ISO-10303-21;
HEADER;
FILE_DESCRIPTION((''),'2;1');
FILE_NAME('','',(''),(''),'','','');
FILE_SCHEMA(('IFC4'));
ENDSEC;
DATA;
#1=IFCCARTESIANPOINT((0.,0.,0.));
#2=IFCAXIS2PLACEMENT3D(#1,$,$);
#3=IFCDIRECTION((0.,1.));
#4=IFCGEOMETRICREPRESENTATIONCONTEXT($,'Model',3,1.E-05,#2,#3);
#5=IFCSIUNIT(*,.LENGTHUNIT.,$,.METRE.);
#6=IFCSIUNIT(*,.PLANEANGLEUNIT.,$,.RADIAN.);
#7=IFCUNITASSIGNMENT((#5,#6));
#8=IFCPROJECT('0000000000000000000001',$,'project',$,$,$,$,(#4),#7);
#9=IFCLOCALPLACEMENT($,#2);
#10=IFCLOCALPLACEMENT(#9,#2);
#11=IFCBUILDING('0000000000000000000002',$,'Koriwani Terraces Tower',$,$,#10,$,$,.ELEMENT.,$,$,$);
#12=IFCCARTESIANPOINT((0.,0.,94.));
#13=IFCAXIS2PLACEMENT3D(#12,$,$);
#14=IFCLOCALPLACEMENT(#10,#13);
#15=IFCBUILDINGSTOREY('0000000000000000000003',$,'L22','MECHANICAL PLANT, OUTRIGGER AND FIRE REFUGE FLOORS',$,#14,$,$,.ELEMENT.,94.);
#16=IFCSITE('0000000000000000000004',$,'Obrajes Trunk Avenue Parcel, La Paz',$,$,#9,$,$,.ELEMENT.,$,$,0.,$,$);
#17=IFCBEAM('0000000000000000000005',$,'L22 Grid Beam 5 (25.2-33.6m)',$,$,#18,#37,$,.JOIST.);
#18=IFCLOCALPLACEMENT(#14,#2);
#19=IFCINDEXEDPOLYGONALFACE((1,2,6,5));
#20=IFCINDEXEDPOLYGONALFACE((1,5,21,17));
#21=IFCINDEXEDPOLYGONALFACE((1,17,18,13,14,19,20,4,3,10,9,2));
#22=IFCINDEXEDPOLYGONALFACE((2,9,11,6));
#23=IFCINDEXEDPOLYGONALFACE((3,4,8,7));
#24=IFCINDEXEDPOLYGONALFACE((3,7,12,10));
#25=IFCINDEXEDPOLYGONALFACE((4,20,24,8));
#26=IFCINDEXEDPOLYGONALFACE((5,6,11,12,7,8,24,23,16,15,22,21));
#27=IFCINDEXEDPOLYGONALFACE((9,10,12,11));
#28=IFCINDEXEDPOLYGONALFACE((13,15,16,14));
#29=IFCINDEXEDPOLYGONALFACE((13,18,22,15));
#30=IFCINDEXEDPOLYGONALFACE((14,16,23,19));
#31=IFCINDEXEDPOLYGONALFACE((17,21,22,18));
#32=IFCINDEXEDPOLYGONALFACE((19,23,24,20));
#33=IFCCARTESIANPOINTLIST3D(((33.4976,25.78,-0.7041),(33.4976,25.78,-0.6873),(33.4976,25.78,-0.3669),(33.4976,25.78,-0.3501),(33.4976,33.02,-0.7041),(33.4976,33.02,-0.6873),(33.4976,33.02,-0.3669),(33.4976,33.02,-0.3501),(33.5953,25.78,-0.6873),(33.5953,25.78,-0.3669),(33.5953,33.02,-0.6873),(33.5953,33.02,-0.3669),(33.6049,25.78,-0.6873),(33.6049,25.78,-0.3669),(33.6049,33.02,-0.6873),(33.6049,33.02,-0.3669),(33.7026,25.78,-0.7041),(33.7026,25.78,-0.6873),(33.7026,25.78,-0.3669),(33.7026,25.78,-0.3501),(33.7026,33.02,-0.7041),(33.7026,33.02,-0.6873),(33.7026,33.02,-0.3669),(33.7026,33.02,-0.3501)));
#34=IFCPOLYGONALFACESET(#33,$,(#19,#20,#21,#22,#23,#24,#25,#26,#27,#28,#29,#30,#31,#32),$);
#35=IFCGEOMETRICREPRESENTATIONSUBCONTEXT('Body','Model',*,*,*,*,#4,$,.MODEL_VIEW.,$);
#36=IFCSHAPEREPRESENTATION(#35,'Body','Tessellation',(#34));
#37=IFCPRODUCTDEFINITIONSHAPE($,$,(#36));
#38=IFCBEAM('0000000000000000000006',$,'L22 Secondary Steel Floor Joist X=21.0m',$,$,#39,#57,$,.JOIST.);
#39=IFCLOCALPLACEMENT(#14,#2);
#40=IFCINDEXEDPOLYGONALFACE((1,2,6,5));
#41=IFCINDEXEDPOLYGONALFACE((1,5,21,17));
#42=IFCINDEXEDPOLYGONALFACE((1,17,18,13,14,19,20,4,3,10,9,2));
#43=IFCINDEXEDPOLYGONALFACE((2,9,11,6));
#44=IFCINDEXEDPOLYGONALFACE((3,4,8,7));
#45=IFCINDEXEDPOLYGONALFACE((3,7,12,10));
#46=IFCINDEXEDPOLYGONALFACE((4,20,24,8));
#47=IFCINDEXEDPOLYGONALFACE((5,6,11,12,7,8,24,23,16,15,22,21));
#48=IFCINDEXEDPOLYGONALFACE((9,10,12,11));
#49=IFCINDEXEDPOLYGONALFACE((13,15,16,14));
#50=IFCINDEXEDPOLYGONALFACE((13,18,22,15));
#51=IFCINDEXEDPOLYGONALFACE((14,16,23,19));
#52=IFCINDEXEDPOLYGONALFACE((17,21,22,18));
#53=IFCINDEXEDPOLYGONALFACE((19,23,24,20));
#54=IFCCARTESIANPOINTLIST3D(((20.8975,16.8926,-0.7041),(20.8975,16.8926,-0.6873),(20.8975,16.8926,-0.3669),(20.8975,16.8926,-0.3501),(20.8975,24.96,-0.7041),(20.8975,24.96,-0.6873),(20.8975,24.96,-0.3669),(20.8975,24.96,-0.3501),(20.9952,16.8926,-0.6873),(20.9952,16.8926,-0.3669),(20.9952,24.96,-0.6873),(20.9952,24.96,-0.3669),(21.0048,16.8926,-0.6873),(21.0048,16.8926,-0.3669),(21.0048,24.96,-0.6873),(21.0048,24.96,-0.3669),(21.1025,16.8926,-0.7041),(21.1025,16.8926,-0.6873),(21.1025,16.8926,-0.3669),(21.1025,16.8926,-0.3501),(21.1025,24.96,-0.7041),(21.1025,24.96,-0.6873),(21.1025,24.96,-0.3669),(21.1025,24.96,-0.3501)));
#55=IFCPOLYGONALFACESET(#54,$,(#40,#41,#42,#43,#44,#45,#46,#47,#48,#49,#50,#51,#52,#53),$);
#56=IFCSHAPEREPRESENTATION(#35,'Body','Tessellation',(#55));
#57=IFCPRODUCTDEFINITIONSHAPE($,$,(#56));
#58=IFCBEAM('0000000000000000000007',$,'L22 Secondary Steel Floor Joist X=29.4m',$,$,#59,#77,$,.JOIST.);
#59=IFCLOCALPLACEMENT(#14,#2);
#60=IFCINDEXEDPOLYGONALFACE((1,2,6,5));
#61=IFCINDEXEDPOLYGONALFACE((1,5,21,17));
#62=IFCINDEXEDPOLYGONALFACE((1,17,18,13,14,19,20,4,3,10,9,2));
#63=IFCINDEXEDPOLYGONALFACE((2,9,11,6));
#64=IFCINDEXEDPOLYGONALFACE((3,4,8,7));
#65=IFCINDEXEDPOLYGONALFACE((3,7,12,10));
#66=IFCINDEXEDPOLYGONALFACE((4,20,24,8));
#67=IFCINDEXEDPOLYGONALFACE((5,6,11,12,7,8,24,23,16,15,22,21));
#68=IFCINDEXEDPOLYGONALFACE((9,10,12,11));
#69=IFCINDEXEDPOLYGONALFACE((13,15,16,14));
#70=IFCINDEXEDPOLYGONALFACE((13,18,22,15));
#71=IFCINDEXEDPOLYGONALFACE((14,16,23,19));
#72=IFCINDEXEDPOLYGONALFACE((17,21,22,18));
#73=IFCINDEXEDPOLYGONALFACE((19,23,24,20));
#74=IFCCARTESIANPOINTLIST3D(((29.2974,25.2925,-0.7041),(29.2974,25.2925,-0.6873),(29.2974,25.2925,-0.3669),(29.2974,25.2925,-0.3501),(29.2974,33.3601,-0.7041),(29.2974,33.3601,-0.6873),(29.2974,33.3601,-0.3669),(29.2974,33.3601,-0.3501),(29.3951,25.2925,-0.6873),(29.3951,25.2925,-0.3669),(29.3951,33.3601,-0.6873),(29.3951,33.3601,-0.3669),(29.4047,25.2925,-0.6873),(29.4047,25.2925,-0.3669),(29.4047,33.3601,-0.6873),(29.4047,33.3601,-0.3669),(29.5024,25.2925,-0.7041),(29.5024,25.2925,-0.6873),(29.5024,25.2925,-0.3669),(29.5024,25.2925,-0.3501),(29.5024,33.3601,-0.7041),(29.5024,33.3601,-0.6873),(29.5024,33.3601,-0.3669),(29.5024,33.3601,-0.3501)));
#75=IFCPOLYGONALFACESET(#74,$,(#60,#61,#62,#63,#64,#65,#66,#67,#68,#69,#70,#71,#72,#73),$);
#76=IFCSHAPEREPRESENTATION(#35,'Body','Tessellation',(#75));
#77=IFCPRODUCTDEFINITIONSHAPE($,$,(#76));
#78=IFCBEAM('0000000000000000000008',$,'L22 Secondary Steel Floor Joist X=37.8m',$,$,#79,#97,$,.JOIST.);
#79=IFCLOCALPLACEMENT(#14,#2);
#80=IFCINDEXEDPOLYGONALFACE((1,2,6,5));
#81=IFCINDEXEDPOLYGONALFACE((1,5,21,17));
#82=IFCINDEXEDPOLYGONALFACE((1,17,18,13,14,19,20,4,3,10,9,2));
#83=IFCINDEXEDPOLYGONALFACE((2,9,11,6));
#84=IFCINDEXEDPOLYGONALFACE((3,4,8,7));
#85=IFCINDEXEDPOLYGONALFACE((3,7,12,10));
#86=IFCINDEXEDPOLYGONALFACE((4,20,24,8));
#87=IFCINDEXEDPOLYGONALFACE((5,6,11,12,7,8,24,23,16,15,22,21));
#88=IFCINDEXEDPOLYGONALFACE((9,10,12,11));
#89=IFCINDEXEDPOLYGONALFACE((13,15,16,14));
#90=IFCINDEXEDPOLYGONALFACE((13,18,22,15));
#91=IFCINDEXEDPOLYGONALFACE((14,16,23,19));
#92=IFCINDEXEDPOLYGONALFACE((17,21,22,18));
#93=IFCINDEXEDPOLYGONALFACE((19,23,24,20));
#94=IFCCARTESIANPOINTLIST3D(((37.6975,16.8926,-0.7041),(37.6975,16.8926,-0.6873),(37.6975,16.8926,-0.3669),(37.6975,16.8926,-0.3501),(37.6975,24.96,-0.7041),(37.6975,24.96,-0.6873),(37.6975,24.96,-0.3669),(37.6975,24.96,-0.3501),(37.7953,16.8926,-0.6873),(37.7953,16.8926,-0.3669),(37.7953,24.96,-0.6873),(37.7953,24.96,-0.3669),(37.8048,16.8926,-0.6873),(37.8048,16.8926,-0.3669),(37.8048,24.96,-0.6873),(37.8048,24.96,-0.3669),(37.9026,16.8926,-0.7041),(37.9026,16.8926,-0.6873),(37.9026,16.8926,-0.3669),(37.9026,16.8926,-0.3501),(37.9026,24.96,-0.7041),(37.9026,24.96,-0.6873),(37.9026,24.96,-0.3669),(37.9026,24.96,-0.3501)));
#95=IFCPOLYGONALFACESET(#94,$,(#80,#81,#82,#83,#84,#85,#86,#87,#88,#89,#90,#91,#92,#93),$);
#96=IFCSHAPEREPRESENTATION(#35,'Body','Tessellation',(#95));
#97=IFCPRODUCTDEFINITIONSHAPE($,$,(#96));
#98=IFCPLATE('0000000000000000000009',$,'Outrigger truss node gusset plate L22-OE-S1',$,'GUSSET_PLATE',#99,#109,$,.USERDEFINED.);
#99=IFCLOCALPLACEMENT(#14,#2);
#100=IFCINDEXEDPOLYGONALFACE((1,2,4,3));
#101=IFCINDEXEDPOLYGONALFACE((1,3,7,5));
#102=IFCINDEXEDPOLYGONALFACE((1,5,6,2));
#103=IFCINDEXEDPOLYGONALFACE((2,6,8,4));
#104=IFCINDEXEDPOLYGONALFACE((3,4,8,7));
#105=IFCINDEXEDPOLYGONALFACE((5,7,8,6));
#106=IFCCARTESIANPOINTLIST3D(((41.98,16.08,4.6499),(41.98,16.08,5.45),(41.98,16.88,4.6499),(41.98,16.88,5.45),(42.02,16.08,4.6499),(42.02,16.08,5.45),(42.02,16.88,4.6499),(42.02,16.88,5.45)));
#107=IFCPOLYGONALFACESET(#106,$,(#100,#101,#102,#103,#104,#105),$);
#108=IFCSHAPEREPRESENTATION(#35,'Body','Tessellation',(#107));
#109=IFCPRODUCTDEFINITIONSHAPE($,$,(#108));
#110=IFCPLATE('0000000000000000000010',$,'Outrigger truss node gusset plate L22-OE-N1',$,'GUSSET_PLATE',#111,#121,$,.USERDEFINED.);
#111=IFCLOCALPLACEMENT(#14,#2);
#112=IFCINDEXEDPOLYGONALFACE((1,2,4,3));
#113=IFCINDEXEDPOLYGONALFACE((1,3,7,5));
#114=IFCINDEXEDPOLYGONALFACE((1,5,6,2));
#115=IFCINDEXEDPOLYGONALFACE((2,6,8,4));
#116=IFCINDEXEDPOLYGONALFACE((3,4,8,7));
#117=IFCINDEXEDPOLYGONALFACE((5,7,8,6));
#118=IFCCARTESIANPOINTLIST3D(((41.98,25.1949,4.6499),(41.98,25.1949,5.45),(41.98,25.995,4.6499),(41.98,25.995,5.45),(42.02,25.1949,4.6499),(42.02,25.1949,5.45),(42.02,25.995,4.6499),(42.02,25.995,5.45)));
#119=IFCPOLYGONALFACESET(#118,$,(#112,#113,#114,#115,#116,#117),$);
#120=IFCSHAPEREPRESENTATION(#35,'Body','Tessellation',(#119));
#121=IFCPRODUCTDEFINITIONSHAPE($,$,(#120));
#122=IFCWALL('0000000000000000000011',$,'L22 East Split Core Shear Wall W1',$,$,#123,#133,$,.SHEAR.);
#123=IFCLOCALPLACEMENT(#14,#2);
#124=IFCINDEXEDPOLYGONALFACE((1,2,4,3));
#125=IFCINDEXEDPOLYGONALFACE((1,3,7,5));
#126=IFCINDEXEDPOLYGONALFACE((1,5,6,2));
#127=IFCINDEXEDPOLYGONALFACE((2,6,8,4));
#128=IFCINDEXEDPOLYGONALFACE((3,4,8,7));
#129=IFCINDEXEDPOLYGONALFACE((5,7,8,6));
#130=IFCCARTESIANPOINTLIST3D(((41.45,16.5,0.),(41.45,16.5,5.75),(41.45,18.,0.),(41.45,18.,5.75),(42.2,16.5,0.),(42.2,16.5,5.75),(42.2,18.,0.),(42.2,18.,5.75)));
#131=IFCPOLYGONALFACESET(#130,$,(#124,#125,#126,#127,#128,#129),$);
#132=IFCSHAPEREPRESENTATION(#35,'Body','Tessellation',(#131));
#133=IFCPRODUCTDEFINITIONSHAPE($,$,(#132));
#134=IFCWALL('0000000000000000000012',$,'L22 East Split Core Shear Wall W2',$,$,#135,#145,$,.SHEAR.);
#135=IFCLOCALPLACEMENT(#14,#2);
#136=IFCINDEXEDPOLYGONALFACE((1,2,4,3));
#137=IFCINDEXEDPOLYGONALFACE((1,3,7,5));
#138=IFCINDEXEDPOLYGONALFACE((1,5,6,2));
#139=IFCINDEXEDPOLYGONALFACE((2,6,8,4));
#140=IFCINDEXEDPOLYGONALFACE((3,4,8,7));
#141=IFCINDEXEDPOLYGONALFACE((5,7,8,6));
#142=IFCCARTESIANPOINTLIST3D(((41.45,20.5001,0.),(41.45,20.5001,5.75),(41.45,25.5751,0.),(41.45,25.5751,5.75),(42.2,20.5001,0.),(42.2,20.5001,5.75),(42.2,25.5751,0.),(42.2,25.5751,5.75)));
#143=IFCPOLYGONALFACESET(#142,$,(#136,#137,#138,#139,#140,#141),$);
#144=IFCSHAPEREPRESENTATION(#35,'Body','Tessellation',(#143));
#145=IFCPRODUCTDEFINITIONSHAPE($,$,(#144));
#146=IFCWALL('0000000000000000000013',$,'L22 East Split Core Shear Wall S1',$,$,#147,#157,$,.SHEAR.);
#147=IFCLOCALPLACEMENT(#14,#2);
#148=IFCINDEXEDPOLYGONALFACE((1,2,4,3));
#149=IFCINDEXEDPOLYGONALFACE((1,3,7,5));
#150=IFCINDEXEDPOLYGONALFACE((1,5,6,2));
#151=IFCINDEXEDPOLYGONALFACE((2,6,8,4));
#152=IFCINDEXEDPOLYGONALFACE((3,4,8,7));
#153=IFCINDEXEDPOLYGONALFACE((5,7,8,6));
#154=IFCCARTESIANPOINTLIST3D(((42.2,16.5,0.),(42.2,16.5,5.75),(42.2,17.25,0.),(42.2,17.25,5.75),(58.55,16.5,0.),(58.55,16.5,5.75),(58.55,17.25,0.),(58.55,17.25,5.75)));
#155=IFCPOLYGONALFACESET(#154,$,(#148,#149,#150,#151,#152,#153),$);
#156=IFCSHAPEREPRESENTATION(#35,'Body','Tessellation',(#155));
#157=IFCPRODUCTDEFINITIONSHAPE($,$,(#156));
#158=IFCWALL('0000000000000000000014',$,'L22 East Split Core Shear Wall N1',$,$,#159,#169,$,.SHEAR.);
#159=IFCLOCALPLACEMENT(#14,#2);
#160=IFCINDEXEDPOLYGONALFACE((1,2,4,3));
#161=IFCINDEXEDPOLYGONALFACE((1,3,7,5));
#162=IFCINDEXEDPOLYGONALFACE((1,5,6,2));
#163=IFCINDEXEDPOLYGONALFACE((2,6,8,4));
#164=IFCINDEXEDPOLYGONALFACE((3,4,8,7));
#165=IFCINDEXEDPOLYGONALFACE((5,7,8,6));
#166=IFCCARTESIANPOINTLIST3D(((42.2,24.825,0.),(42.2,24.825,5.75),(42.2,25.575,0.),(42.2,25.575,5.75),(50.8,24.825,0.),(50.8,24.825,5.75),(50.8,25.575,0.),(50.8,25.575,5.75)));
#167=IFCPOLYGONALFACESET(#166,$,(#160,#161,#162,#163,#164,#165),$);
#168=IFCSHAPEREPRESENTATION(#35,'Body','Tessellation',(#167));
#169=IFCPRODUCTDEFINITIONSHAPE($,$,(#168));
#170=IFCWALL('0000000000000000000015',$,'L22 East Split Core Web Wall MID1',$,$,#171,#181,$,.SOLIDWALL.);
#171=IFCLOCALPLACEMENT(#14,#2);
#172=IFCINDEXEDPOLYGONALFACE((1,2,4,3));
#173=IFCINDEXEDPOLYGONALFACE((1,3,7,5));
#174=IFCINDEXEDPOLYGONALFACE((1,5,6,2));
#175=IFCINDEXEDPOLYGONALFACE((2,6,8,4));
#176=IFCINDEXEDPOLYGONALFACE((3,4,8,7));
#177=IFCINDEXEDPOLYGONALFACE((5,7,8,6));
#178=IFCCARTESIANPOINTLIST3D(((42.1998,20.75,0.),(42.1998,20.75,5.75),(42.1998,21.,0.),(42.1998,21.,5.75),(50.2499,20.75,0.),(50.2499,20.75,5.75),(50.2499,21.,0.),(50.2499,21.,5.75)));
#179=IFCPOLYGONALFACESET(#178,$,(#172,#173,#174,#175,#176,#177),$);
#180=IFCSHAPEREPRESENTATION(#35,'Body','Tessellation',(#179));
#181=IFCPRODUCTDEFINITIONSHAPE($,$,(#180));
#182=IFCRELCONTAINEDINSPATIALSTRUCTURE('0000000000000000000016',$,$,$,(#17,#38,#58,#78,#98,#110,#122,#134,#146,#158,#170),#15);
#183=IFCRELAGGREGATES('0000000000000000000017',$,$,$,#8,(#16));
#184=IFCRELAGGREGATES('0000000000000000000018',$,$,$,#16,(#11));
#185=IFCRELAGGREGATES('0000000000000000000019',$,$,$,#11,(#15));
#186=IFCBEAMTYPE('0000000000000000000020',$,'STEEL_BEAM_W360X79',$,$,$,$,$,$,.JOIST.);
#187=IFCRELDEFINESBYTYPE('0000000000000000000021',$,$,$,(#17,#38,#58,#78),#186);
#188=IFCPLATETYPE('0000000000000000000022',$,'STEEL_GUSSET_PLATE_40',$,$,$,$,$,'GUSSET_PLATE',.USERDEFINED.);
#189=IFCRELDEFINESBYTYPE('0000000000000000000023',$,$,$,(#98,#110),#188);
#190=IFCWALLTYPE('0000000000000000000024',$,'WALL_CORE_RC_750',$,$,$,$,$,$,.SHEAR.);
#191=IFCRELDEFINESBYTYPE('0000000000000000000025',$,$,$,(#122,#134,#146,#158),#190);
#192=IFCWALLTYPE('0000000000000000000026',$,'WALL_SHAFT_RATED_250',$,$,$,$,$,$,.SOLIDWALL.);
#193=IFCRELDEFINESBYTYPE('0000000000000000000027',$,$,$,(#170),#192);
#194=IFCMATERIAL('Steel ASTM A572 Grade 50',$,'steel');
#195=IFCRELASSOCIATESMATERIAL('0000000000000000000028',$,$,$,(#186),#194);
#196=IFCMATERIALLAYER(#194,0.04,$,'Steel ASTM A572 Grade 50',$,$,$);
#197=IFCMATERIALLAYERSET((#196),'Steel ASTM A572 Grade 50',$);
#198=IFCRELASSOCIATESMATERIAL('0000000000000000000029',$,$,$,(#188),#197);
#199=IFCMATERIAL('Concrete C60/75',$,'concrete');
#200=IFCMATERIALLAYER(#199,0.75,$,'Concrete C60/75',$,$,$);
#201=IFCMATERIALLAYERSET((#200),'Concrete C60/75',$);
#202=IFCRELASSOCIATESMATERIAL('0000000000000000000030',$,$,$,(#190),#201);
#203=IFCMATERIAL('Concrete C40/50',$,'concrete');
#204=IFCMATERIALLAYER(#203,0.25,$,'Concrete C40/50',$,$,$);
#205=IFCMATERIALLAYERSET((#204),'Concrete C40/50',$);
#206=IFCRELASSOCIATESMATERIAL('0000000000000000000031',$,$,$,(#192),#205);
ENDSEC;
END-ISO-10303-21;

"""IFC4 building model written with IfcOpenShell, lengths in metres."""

from ifc_helpers import new_model, si_unit, direction, frame, frame_2d, origin, origin_2d, place, context, subcontext, project, spatial, rectangle, i_section, extrude, material, layer, layer_set, material_profile, profile_set, type_object, element, save


model = new_model("IFC4")

# Units and contexts
model_context = context("Model", 3, precision=1e-05, world=origin(), true_north=direction((0.0, 1.0)))
body_context = subcontext(model_context, "Body", "Model", "MODEL_VIEW")
ifc_project = project(units=[si_unit("LENGTHUNIT", "METRE"), si_unit("PLANEANGLEUNIT", "RADIAN")], contexts=[model_context])

# Site, building, storey
site_placement = place(None, origin())
site = spatial("IfcSite", under=ifc_project, at=site_placement, Name="Obrajes Trunk Avenue Parcel, La Paz", CompositionType="ELEMENT", RefElevation=0.0)
building_placement = place(site_placement, origin())
building = spatial("IfcBuilding", under=site, at=building_placement, Name="Koriwani Terraces Tower", CompositionType="ELEMENT")
storey_placement = place(building_placement, frame((0.0, 0.0, 94.0)))
storey = spatial("IfcBuildingStorey", under=building, at=storey_placement, Name="L22", Description="MECHANICAL PLANT, OUTRIGGER AND FIRE REFUGE FLOORS", CompositionType="ELEMENT", Elevation=94.0)

# Shared definitions
ifc_material_1 = material(Name="Concrete C60/75", Category="concrete")

# Beams
ifc_material_2 = material(Name="Steel ASTM A572 Grade 50", Category="steel")
ifc_material_profile_1 = material_profile(ifc_material_2, i_section(OverallWidth=0.2051, OverallDepth=0.354, WebThickness=0.0095, FlangeThickness=0.0168, at=origin_2d()), Name="Steel ASTM A572 Grade 50", Category="LoadBearing")
ifc_profile_set_1 = profile_set([ifc_material_profile_1], Name="Steel ASTM A572 Grade 50")
beam_type_1 = type_object("IfcBeamType", Name="STEEL_BEAM_W360X79", PredefinedType="JOIST", material=ifc_profile_set_1)
beam_1_placement = place(storey_placement, frame((33.6001, 25.78, -0.5271), z_axis=(0.0, 1.0, 0.0), x_axis=(-1.0, 0.0, 0.0)))
element("IfcBeam", 1, at=beam_1_placement, inside=storey, type_object=beam_type_1, Name="L22 Grid Beam 5 (25.2-33.6m)", PredefinedType="JOIST", context=body_context, shape_type="SweptSolid", body=[
    extrude(i_section(OverallWidth=0.2051, OverallDepth=0.354, WebThickness=0.0095, FlangeThickness=0.0168, at=origin_2d()), origin(), (0.0, 0.0, 1.0), 7.24),
])
beam_2_placement = place(storey_placement, frame((21.0, 16.8926, -0.5271), z_axis=(0.0, 1.0, 0.0), x_axis=(-1.0, 0.0, 0.0)))
element("IfcBeam", 2, at=beam_2_placement, inside=storey, type_object=beam_type_1, Name="L22 Secondary Steel Floor Joist X=21.0m", PredefinedType="JOIST", context=body_context, shape_type="SweptSolid", body=[
    extrude(i_section(OverallWidth=0.2051, OverallDepth=0.354, WebThickness=0.0095, FlangeThickness=0.0168, at=origin_2d()), origin(), (0.0, 0.0, 1.0), 8.0674),
])
beam_3_placement = place(storey_placement, frame((29.3999, 25.2925, -0.5271), z_axis=(0.0, 1.0, 0.0), x_axis=(-1.0, 0.0, 0.0)))
element("IfcBeam", 3, at=beam_3_placement, inside=storey, type_object=beam_type_1, Name="L22 Secondary Steel Floor Joist X=29.4m", PredefinedType="JOIST", context=body_context, shape_type="SweptSolid", body=[
    extrude(i_section(OverallWidth=0.2051, OverallDepth=0.354, WebThickness=0.0095, FlangeThickness=0.0168, at=origin_2d()), origin(), (0.0, 0.0, 1.0), 8.0676),
])
beam_4_placement = place(storey_placement, frame((37.8, 16.8926, -0.5271), z_axis=(0.0, 1.0, 0.0), x_axis=(-1.0, 0.0, 0.0)))
element("IfcBeam", 4, at=beam_4_placement, inside=storey, type_object=beam_type_1, Name="L22 Secondary Steel Floor Joist X=37.8m", PredefinedType="JOIST", context=body_context, shape_type="SweptSolid", body=[
    extrude(i_section(OverallWidth=0.2051, OverallDepth=0.354, WebThickness=0.0095, FlangeThickness=0.0168, at=origin_2d()), origin(), (0.0, 0.0, 1.0), 8.0674),
])

# Plates
ifc_layer_1 = layer(ifc_material_2, 0.04, Name="Steel ASTM A572 Grade 50")
ifc_layer_set_1 = layer_set([ifc_layer_1], Name="Steel ASTM A572 Grade 50")
plate_type = type_object("IfcPlateType", Name="STEEL_GUSSET_PLATE_40", ElementType="GUSSET_PLATE", PredefinedType="USERDEFINED", material=ifc_layer_set_1)
for number, where, z_axis, x_axis, name in (
    (5, (42.0, 16.48, 4.6499), (0.0, 0.0, 1.0), (0.0, 1.0, 0.0), "Outrigger truss node gusset plate L22-OE-S1"),
    (6, (42.0, 25.595, 4.6499), (0.0, 0.0, 1.0), (0.0, -1.0, 0.0), "Outrigger truss node gusset plate L22-OE-N1"),
):
    element("IfcPlate", number, at=place(storey_placement, frame(where, z_axis=z_axis, x_axis=x_axis)), inside=storey, type_object=plate_type, Name=name, ObjectType="GUSSET_PLATE", PredefinedType="USERDEFINED", context=body_context, shape_type="SweptSolid", body=[
        extrude(rectangle(XDim=0.8, YDim=0.04, at=origin_2d()), origin(), (0.0, 0.0, 1.0), 0.8),
    ])

# Walls
ifc_layer_2 = layer(ifc_material_1, 0.75, Name="Concrete C60/75")
ifc_layer_set_2 = layer_set([ifc_layer_2], Name="Concrete C60/75")
wall_type_1 = type_object("IfcWallType", Name="WALL_CORE_RC_750", PredefinedType="SHEAR", material=ifc_layer_set_2)
wall_1_placement = place(storey_placement, frame((41.825, 16.5, 0.0), z_axis=(0.0, 0.0, 1.0), x_axis=(0.0, 1.0, 0.0)))
element("IfcWall", 7, at=wall_1_placement, inside=storey, type_object=wall_type_1, Name="L22 East Split Core Shear Wall W1", PredefinedType="SHEAR", context=body_context, shape_type="SweptSolid", body=[
    extrude(rectangle(XDim=1.5, YDim=0.75, at=frame_2d((0.75, 0.0))), origin(), (0.0, 0.0, 1.0), 5.75),
])
wall_2_placement = place(storey_placement, frame((41.825, 20.5, 0.0), z_axis=(0.0, 0.0, 1.0), x_axis=(0.0, 1.0, 0.0)))
element("IfcWall", 8, at=wall_2_placement, inside=storey, type_object=wall_type_1, Name="L22 East Split Core Shear Wall W2", PredefinedType="SHEAR", context=body_context, shape_type="SweptSolid", body=[
    extrude(rectangle(XDim=5.075, YDim=0.75, at=frame_2d((2.5376, 0.0))), origin(), (0.0, 0.0, 1.0), 5.75),
])
wall_3_placement = place(storey_placement, frame((42.2, 16.875, 0.0), z_axis=(0.0, 0.0, 1.0), x_axis=(1.0, 0.0, 0.0)))
element("IfcWall", 9, at=wall_3_placement, inside=storey, type_object=wall_type_1, Name="L22 East Split Core Shear Wall S1", PredefinedType="SHEAR", context=body_context, shape_type="SweptSolid", body=[
    extrude(rectangle(XDim=16.3501, YDim=0.75, at=frame_2d((8.175, 0.0))), origin(), (0.0, 0.0, 1.0), 5.75),
])
wall_4_placement = place(storey_placement, frame((42.2, 25.2, 0.0), z_axis=(0.0, 0.0, 1.0), x_axis=(1.0, 0.0, 0.0)))
element("IfcWall", 10, at=wall_4_placement, inside=storey, type_object=wall_type_1, Name="L22 East Split Core Shear Wall N1", PredefinedType="SHEAR", context=body_context, shape_type="SweptSolid", body=[
    extrude(rectangle(XDim=8.6001, YDim=0.75, at=frame_2d((4.3, 0.0))), origin(), (0.0, 0.0, 1.0), 5.75),
])
ifc_material_3 = material(Name="Concrete C40/50", Category="concrete")
ifc_layer_3 = layer(ifc_material_3, 0.25, Name="Concrete C40/50")
ifc_layer_set_3 = layer_set([ifc_layer_3], Name="Concrete C40/50")
wall_type_2 = type_object("IfcWallType", Name="WALL_SHAFT_RATED_250", PredefinedType="SOLIDWALL", material=ifc_layer_set_3)
wall_5_placement = place(storey_placement, frame((42.2, 20.875, 0.0), z_axis=(0.0, 0.0, 1.0), x_axis=(1.0, 0.0, 0.0)))
element("IfcWall", 11, at=wall_5_placement, inside=storey, type_object=wall_type_2, Name="L22 East Split Core Web Wall MID1", PredefinedType="SOLIDWALL", context=body_context, shape_type="SweptSolid", body=[
    extrude(rectangle(XDim=8.05, YDim=0.25, at=frame_2d((4.0249, 0.0))), origin(), (0.0, 0.0, 1.0), 5.75),
])

save(model, "model.ifc")
